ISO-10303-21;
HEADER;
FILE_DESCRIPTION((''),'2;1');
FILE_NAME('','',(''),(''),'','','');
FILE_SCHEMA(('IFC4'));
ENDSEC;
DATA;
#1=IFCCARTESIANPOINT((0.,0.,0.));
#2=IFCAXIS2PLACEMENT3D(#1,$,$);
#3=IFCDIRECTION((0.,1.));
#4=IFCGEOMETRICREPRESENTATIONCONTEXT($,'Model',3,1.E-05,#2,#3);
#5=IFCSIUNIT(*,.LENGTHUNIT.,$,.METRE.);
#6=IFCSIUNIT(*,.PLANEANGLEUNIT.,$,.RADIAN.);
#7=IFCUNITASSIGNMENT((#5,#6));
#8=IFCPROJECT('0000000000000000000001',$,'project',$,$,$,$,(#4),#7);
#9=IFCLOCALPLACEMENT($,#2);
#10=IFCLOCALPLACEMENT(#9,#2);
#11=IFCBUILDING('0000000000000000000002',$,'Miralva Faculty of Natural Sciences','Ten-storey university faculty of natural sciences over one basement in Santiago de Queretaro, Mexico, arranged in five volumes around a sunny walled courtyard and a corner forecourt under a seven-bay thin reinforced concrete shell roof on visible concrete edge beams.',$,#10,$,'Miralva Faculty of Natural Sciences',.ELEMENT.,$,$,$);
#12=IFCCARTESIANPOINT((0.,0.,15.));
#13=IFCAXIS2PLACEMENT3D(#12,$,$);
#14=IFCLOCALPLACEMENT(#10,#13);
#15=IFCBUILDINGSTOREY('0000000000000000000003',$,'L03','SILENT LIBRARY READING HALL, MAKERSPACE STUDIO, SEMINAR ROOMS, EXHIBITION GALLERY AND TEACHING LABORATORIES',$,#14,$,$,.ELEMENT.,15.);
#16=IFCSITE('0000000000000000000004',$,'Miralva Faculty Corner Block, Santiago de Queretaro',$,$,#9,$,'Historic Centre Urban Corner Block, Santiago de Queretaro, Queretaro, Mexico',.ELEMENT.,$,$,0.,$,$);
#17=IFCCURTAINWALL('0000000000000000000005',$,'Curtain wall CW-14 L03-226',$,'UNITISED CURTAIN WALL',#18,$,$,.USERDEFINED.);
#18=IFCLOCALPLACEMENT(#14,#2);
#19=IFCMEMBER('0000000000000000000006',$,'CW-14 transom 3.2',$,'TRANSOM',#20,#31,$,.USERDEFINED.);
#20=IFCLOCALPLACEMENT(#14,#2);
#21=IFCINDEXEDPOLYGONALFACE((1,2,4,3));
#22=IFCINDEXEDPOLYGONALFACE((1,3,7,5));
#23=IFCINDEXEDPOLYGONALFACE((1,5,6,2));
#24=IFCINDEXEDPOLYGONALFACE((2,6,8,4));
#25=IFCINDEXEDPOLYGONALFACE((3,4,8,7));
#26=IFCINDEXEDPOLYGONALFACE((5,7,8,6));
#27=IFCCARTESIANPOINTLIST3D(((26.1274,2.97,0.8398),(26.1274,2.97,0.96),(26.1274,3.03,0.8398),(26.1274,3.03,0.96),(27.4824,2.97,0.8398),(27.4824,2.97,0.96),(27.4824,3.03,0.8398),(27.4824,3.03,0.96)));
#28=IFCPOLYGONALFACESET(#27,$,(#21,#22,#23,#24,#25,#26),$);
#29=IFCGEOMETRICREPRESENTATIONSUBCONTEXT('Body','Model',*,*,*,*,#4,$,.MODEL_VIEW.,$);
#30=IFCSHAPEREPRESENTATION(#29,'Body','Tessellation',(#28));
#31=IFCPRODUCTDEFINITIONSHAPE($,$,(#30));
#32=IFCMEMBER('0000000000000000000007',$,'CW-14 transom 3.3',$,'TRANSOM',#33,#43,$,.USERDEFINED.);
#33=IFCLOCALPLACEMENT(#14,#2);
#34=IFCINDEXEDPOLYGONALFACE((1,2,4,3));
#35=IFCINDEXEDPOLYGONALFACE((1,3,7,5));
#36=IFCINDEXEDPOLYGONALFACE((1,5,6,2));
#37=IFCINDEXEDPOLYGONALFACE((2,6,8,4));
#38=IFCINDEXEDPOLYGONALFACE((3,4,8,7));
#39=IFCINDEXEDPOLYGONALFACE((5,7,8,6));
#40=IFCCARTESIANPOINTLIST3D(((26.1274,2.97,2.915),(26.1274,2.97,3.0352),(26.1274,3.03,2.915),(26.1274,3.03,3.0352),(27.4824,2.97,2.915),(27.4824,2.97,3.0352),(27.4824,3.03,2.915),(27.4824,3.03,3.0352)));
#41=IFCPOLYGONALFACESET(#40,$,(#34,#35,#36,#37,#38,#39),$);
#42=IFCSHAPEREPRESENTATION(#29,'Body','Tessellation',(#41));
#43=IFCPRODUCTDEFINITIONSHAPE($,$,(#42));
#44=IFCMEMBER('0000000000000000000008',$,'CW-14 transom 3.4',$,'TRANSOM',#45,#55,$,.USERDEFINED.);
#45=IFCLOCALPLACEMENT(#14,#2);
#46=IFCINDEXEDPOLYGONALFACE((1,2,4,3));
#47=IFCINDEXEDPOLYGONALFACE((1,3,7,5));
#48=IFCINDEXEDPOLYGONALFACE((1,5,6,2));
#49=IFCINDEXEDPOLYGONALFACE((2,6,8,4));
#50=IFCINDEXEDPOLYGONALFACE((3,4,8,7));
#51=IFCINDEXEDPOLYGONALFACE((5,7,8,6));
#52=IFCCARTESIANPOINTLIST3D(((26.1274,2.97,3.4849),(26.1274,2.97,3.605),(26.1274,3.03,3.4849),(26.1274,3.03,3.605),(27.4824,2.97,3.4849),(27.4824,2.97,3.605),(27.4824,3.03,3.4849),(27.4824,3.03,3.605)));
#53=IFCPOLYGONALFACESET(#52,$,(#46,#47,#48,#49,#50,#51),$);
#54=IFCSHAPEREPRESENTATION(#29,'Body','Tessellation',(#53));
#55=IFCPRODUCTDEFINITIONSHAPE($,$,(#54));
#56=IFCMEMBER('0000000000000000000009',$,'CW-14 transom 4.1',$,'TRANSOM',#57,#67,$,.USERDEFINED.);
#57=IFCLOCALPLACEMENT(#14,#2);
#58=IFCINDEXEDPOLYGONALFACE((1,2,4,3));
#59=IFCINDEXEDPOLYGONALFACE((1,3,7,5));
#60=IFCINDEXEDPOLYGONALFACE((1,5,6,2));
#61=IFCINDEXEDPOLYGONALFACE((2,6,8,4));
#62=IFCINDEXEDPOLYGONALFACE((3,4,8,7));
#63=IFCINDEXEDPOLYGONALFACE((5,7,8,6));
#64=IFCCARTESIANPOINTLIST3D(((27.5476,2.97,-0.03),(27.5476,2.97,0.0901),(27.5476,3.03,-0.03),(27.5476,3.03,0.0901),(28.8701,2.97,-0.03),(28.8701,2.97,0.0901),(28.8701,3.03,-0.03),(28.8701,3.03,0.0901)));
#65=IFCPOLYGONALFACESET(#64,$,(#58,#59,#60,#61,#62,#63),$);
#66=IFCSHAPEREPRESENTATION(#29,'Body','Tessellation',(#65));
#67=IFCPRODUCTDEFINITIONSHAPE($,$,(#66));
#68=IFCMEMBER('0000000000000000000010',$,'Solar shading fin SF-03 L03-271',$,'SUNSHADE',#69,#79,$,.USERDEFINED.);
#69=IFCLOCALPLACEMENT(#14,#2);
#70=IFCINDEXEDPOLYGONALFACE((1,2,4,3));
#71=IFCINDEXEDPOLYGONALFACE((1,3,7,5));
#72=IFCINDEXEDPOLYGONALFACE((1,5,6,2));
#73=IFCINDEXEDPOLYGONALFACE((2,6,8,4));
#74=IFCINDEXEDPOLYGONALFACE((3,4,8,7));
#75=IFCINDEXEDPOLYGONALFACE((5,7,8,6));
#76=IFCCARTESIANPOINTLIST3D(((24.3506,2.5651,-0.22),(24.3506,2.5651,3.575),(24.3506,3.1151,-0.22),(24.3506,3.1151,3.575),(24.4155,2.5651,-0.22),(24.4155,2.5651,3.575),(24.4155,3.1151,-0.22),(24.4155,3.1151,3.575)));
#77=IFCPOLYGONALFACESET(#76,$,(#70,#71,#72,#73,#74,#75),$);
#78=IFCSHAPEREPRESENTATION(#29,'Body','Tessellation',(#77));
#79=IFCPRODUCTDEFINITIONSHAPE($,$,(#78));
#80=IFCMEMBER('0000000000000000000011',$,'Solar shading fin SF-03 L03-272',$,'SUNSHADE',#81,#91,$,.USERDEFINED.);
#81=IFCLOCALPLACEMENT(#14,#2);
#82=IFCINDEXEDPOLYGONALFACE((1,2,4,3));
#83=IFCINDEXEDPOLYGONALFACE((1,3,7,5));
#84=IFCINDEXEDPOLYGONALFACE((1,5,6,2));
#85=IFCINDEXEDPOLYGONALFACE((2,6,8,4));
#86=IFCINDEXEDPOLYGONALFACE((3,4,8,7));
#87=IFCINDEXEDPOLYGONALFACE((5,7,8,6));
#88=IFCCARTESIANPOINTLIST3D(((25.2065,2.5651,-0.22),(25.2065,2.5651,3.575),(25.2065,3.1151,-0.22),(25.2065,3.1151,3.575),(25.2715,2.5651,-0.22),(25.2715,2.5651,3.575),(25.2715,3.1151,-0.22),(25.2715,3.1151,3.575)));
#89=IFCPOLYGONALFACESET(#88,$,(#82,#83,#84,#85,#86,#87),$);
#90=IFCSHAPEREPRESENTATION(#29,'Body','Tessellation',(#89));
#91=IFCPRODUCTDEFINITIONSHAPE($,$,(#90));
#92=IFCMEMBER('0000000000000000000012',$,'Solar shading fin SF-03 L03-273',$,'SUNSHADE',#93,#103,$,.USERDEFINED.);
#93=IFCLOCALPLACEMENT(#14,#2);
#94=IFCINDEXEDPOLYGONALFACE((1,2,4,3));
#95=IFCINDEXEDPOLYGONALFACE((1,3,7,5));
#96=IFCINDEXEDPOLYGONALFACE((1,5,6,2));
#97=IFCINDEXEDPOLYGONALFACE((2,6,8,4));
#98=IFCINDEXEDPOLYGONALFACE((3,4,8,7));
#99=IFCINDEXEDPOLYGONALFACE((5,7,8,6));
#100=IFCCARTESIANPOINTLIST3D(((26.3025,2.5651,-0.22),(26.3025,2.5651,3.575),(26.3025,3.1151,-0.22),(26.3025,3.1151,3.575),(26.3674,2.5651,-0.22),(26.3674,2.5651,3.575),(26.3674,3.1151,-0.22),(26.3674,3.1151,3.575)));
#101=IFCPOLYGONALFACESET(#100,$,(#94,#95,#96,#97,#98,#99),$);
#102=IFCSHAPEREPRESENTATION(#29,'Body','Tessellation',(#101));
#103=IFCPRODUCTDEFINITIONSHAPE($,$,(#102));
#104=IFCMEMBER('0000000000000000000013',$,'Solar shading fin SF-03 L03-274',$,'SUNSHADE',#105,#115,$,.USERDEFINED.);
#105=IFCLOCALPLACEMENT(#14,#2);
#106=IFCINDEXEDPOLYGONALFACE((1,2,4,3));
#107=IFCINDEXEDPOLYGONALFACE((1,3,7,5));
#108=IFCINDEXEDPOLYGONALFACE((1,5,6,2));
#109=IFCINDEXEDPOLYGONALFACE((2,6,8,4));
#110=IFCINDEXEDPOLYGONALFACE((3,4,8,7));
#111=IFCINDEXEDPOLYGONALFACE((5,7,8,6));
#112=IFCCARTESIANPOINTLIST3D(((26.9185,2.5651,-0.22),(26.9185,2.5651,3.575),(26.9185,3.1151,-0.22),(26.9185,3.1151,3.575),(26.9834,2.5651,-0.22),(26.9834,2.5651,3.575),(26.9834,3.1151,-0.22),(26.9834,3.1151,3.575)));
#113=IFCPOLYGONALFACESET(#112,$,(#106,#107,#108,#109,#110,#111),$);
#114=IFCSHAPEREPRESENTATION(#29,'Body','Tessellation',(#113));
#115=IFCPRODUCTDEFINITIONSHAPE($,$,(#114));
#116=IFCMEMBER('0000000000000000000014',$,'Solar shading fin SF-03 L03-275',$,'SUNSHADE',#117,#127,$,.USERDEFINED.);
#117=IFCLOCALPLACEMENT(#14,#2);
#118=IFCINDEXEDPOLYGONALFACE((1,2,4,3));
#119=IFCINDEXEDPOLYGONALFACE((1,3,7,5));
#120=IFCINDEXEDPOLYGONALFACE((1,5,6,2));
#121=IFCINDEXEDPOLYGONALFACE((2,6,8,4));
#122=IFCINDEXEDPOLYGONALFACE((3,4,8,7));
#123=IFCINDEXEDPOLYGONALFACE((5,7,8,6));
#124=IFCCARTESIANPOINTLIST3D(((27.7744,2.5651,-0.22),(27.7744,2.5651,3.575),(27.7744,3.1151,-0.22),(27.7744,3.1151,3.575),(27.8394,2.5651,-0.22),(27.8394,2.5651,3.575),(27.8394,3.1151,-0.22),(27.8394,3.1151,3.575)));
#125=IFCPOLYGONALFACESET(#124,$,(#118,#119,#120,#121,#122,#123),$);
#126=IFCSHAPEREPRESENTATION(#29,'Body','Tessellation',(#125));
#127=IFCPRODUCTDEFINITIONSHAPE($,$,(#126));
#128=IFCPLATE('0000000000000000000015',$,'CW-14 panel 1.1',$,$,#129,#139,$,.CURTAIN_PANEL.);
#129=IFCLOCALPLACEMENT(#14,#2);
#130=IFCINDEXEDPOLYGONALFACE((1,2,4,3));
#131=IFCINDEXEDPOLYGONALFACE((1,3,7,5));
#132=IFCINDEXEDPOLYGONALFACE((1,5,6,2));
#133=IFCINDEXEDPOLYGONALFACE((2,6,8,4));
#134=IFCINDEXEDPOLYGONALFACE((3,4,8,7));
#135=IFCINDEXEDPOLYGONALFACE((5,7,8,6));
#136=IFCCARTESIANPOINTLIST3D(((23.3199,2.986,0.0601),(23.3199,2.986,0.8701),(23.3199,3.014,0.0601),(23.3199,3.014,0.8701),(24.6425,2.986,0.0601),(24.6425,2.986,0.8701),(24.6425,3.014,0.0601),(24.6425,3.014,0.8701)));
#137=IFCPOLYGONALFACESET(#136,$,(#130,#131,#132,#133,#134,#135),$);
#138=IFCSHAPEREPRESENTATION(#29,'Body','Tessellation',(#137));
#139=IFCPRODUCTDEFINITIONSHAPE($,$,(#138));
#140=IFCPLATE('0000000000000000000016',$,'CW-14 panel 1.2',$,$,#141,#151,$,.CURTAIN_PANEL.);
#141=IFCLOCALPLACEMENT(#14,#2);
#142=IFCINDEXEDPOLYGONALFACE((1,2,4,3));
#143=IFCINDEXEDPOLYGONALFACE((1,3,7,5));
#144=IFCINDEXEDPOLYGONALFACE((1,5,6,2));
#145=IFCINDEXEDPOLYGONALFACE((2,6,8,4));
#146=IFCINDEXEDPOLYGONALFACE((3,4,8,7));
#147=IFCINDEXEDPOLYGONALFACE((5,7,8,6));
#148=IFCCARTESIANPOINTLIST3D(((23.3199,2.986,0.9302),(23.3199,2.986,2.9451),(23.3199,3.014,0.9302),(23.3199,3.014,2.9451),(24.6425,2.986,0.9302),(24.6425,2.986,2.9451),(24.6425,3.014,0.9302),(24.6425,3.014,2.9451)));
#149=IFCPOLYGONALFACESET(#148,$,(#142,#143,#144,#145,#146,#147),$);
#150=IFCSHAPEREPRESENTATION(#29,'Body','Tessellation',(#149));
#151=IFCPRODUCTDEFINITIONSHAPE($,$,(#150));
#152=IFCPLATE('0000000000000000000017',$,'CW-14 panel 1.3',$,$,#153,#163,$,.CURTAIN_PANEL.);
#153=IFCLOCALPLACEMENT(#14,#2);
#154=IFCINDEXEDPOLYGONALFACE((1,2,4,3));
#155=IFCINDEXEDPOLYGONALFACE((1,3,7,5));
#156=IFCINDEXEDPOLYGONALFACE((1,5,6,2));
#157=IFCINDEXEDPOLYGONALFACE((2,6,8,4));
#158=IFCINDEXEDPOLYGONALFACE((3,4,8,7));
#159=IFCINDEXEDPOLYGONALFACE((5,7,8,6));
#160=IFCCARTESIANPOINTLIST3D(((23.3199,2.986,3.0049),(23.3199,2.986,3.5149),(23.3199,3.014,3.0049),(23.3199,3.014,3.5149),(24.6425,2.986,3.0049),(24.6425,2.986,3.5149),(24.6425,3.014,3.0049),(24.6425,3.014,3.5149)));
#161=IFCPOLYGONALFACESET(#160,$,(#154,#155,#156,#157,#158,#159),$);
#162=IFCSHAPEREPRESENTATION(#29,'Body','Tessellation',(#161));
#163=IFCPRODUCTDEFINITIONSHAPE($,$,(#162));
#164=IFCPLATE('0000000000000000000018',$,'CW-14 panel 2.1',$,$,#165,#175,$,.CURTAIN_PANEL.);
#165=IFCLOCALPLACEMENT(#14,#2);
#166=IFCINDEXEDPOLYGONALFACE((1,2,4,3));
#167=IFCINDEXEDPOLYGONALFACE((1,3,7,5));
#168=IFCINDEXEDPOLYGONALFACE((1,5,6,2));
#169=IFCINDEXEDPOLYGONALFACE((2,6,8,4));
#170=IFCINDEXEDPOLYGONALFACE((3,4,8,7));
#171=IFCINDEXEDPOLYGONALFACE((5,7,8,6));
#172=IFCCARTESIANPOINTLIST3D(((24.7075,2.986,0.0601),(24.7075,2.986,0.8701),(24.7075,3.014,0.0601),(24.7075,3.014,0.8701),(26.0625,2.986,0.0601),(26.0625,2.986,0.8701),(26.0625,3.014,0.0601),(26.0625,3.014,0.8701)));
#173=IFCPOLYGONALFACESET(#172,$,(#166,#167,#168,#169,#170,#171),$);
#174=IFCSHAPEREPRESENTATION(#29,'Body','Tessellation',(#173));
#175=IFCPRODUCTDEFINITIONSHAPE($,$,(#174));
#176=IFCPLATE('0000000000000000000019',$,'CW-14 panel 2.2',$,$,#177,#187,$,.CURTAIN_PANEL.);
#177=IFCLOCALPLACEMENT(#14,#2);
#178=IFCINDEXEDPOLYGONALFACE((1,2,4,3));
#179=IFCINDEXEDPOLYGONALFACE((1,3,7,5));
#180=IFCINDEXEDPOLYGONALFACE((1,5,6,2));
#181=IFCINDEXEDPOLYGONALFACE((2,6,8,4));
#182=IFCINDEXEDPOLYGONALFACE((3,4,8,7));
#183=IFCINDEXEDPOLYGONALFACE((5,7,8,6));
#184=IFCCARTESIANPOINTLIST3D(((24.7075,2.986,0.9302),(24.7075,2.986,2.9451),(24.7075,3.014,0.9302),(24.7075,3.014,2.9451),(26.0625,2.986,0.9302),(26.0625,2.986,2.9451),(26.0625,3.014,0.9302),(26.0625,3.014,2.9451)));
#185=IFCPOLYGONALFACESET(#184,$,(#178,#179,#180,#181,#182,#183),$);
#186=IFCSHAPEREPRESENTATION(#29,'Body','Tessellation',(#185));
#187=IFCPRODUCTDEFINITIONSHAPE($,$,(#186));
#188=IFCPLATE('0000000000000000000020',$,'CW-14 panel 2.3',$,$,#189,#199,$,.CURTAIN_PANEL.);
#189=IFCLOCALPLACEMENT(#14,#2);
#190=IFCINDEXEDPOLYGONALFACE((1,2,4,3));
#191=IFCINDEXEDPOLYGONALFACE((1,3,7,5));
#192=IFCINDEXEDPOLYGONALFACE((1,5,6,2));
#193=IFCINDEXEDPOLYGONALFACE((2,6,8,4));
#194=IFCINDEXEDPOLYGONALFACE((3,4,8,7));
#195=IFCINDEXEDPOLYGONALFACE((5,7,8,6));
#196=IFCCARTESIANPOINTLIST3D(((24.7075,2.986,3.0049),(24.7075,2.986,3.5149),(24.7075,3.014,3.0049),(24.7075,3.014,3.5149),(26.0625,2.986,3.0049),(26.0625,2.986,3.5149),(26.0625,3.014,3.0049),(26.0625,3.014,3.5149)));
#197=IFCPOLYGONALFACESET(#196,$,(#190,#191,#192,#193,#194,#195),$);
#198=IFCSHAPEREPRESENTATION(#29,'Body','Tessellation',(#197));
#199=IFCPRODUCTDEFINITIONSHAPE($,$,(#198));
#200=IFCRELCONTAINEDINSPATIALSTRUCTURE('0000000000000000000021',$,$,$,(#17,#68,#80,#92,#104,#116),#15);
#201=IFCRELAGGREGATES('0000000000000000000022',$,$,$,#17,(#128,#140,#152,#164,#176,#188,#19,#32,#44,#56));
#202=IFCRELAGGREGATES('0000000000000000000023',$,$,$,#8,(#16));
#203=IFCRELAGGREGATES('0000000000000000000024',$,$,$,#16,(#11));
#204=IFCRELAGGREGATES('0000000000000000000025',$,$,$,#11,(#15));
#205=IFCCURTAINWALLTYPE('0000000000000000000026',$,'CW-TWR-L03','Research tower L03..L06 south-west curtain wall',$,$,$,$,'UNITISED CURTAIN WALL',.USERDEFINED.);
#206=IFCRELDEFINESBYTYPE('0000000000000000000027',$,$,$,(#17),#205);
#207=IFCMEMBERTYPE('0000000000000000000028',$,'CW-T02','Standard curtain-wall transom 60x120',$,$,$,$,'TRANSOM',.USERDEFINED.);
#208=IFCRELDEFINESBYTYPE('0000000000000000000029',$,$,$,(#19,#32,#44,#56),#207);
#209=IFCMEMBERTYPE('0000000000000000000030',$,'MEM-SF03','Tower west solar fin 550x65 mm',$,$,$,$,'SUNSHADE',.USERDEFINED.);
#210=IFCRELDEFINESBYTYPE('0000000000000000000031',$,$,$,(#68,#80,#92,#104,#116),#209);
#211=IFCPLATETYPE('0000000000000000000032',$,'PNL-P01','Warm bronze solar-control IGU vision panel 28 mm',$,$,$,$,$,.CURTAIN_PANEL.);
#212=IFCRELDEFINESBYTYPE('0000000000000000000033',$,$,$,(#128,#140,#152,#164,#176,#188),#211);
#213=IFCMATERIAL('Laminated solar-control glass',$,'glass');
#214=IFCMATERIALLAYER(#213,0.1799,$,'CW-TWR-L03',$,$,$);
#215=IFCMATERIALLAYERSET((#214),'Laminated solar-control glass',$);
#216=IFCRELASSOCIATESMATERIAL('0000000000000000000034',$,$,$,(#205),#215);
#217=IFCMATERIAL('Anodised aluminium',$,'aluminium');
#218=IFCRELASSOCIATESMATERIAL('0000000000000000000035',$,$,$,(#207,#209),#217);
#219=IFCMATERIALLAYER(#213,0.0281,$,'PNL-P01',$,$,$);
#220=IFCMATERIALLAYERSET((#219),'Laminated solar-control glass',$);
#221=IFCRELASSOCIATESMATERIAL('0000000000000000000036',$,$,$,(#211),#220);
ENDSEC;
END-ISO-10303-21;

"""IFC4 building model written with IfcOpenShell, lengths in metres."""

from ifc_helpers import new_model, si_unit, direction, frame, origin, origin_2d, place, context, subcontext, project, spatial, rectangle, extrude, material, layer, layer_set, material_profile, profile_set, type_object, element, aggregate, save


model = new_model("IFC4")

# Units and contexts
model_context = context("Model", 3, precision=1e-05, world=origin(), true_north=direction((0.0, 1.0)))
body_context = subcontext(model_context, "Body", "Model", "MODEL_VIEW")
ifc_project = project(units=[si_unit("LENGTHUNIT", "METRE"), si_unit("PLANEANGLEUNIT", "RADIAN")], contexts=[model_context])

# Site, building, storey
site_placement = place(None, origin())
site = spatial("IfcSite", under=ifc_project, at=site_placement, Name="Miralva Faculty Corner Block, Santiago de Queretaro", LongName="Historic Centre Urban Corner Block, Santiago de Queretaro, Queretaro, Mexico", CompositionType="ELEMENT", RefElevation=0.0)
building_placement = place(site_placement, origin())
building = spatial("IfcBuilding", under=site, at=building_placement, Name="Miralva Faculty of Natural Sciences", Description="Ten-storey university faculty of natural sciences over one basement in Santiago de Queretaro, Mexico, arranged in five volumes around a sunny walled courtyard and a corner forecourt under a seven-bay thin reinforced concrete shell roof on visible concrete edge beams.", LongName="Miralva Faculty of Natural Sciences", CompositionType="ELEMENT")
storey_placement = place(building_placement, frame((0.0, 0.0, 15.0)))
storey = spatial("IfcBuildingStorey", under=building, at=storey_placement, Name="L03", Description="SILENT LIBRARY READING HALL, MAKERSPACE STUDIO, SEMINAR ROOMS, EXHIBITION GALLERY AND TEACHING LABORATORIES", CompositionType="ELEMENT", Elevation=15.0)

# Curtain wall, members
ifc_material_1 = material(Name="Laminated solar-control glass", Category="glass")
ifc_layer_1 = layer(ifc_material_1, 0.1799, Name="CW-TWR-L03")
ifc_layer_set_1 = layer_set([ifc_layer_1], Name="Laminated solar-control glass")
curtain_wall_type = type_object("IfcCurtainWallType", Name="CW-TWR-L03", Description="Research tower L03..L06 south-west curtain wall", ElementType="UNITISED CURTAIN WALL", PredefinedType="USERDEFINED", material=ifc_layer_set_1)
curtain_wall_placement = place(storey_placement, origin())
curtain_wall = element("IfcCurtainWall", 1, at=curtain_wall_placement, inside=storey, type_object=curtain_wall_type, Name="Curtain wall CW-14 L03-226", ObjectType="UNITISED CURTAIN WALL", PredefinedType="USERDEFINED")
ifc_material_2 = material(Name="Anodised aluminium", Category="aluminium")
ifc_material_profile_1 = material_profile(ifc_material_2, rectangle(XDim=0.0601, YDim=0.1201, at=origin_2d()), Name="TRANSOM 60x120")
ifc_profile_set_1 = profile_set([ifc_material_profile_1], Name="Anodised aluminium")
member_type_1 = type_object("IfcMemberType", Name="CW-T02", Description="Standard curtain-wall transom 60x120", ElementType="TRANSOM", PredefinedType="USERDEFINED", material=ifc_profile_set_1)
member_1_placement = place(storey_placement, frame((26.1274, 3.0, 0.8999), z_axis=(1.0, 0.0, 0.0), x_axis=(0.0, 1.0, 0.0)))
member_1 = element("IfcMember", 2, at=member_1_placement, type_object=member_type_1, Name="CW-14 transom 3.2", ObjectType="TRANSOM", PredefinedType="USERDEFINED", context=body_context, shape_type="SweptSolid", body=[
    extrude(rectangle(XDim=0.0601, YDim=0.1201, at=origin_2d()), origin(), (0.0, 0.0, 1.0), 1.355),
])
member_2_placement = place(storey_placement, frame((26.1274, 3.0, 2.9751), z_axis=(1.0, 0.0, 0.0), x_axis=(0.0, 1.0, 0.0)))
member_2 = element("IfcMember", 3, at=member_2_placement, type_object=member_type_1, Name="CW-14 transom 3.3", ObjectType="TRANSOM", PredefinedType="USERDEFINED", context=body_context, shape_type="SweptSolid", body=[
    extrude(rectangle(XDim=0.0601, YDim=0.1201, at=origin_2d()), origin(), (0.0, 0.0, 1.0), 1.355),
])
member_3_placement = place(storey_placement, frame((26.1274, 3.0, 3.5449), z_axis=(1.0, 0.0, 0.0), x_axis=(0.0, 1.0, 0.0)))
member_3 = element("IfcMember", 4, at=member_3_placement, type_object=member_type_1, Name="CW-14 transom 3.4", ObjectType="TRANSOM", PredefinedType="USERDEFINED", context=body_context, shape_type="SweptSolid", body=[
    extrude(rectangle(XDim=0.0601, YDim=0.1201, at=origin_2d()), origin(), (0.0, 0.0, 1.0), 1.355),
])
member_4_placement = place(storey_placement, frame((27.5476, 3.0, 0.03), z_axis=(1.0, 0.0, 0.0), x_axis=(0.0, 1.0, 0.0)))
member_4 = element("IfcMember", 5, at=member_4_placement, type_object=member_type_1, Name="CW-14 transom 4.1", ObjectType="TRANSOM", PredefinedType="USERDEFINED", context=body_context, shape_type="SweptSolid", body=[
    extrude(rectangle(XDim=0.0601, YDim=0.1201, at=origin_2d()), origin(), (0.0, 0.0, 1.0), 1.3225),
])

# Members
ifc_material_profile_2 = material_profile(ifc_material_2, rectangle(XDim=0.0649, YDim=0.55, at=origin_2d()), Name="FIN 550x65")
ifc_profile_set_2 = profile_set([ifc_material_profile_2], Name="Anodised aluminium")
member_type_2 = type_object("IfcMemberType", Name="MEM-SF03", Description="Tower west solar fin 550x65 mm", ElementType="SUNSHADE", PredefinedType="USERDEFINED", material=ifc_profile_set_2)
for number, where, z_axis, x_axis, name in (
    (6, (24.3831, 2.8401, -0.22), (0.0, 0.0, 1.0), (1.0, 0.0, 0.0), "Solar shading fin SF-03 L03-271"),
    (7, (25.239, 2.8401, -0.22), (0.0, 0.0, 1.0), (1.0, 0.0, 0.0), "Solar shading fin SF-03 L03-272"),
    (8, (26.335, 2.8401, -0.22), (0.0, 0.0, 1.0), (1.0, 0.0, 0.0), "Solar shading fin SF-03 L03-273"),
    (9, (26.9509, 2.8401, -0.22), (0.0, 0.0, 1.0), (1.0, 0.0, 0.0), "Solar shading fin SF-03 L03-274"),
    (10, (27.8069, 2.8401, -0.22), (0.0, 0.0, 1.0), (1.0, 0.0, 0.0), "Solar shading fin SF-03 L03-275"),
):
    element("IfcMember", number, at=place(storey_placement, frame(where, z_axis=z_axis, x_axis=x_axis)), inside=storey, type_object=member_type_2, Name=name, ObjectType="SUNSHADE", PredefinedType="USERDEFINED", context=body_context, shape_type="SweptSolid", body=[
        extrude(rectangle(XDim=0.0649, YDim=0.55, at=origin_2d()), origin(), (0.0, 0.0, 1.0), 3.7949),
    ])

# Plates
ifc_layer_2 = layer(ifc_material_1, 0.0281, Name="PNL-P01")
ifc_layer_set_2 = layer_set([ifc_layer_2], Name="Laminated solar-control glass")
plate_type = type_object("IfcPlateType", Name="PNL-P01", Description="Warm bronze solar-control IGU vision panel 28 mm", PredefinedType="CURTAIN_PANEL", material=ifc_layer_set_2)
plate_1_placement = place(storey_placement, frame((23.9812, 3.0, 0.0601), z_axis=(0.0, 0.0, 1.0), x_axis=(1.0, 0.0, 0.0)))
plate_1 = element("IfcPlate", 11, at=plate_1_placement, type_object=plate_type, Name="CW-14 panel 1.1", PredefinedType="CURTAIN_PANEL", context=body_context, shape_type="SweptSolid", body=[
    extrude(rectangle(XDim=1.3225, YDim=0.0281, at=origin_2d()), origin(), (0.0, 0.0, 1.0), 0.8101),
])
plate_2_placement = place(storey_placement, frame((23.9812, 3.0, 0.9302), z_axis=(0.0, 0.0, 1.0), x_axis=(1.0, 0.0, 0.0)))
plate_2 = element("IfcPlate", 12, at=plate_2_placement, type_object=plate_type, Name="CW-14 panel 1.2", PredefinedType="CURTAIN_PANEL", context=body_context, shape_type="SweptSolid", body=[
    extrude(rectangle(XDim=1.3225, YDim=0.0281, at=origin_2d()), origin(), (0.0, 0.0, 1.0), 2.0149),
])
plate_3_placement = place(storey_placement, frame((23.9812, 3.0, 3.0049), z_axis=(0.0, 0.0, 1.0), x_axis=(1.0, 0.0, 0.0)))
plate_3 = element("IfcPlate", 13, at=plate_3_placement, type_object=plate_type, Name="CW-14 panel 1.3", PredefinedType="CURTAIN_PANEL", context=body_context, shape_type="SweptSolid", body=[
    extrude(rectangle(XDim=1.3225, YDim=0.0281, at=origin_2d()), origin(), (0.0, 0.0, 1.0), 0.51),
])
plate_4_placement = place(storey_placement, frame((25.385, 3.0, 0.0601), z_axis=(0.0, 0.0, 1.0), x_axis=(1.0, 0.0, 0.0)))
plate_4 = element("IfcPlate", 14, at=plate_4_placement, type_object=plate_type, Name="CW-14 panel 2.1", PredefinedType="CURTAIN_PANEL", context=body_context, shape_type="SweptSolid", body=[
    extrude(rectangle(XDim=1.355, YDim=0.0281, at=origin_2d()), origin(), (0.0, 0.0, 1.0), 0.8101),
])
plate_5_placement = place(storey_placement, frame((25.385, 3.0, 0.9302), z_axis=(0.0, 0.0, 1.0), x_axis=(1.0, 0.0, 0.0)))
plate_5 = element("IfcPlate", 15, at=plate_5_placement, type_object=plate_type, Name="CW-14 panel 2.2", PredefinedType="CURTAIN_PANEL", context=body_context, shape_type="SweptSolid", body=[
    extrude(rectangle(XDim=1.355, YDim=0.0281, at=origin_2d()), origin(), (0.0, 0.0, 1.0), 2.0149),
])
plate_6_placement = place(storey_placement, frame((25.385, 3.0, 3.0049), z_axis=(0.0, 0.0, 1.0), x_axis=(1.0, 0.0, 0.0)))
plate_6 = element("IfcPlate", 16, at=plate_6_placement, type_object=plate_type, Name="CW-14 panel 2.3", PredefinedType="CURTAIN_PANEL", context=body_context, shape_type="SweptSolid", body=[
    extrude(rectangle(XDim=1.355, YDim=0.0281, at=origin_2d()), origin(), (0.0, 0.0, 1.0), 0.51),
])
aggregate(curtain_wall, [plate_1, plate_2, plate_3, plate_4, plate_5, plate_6, member_1, member_2, member_3, member_4])

save(model, "model.ifc")
